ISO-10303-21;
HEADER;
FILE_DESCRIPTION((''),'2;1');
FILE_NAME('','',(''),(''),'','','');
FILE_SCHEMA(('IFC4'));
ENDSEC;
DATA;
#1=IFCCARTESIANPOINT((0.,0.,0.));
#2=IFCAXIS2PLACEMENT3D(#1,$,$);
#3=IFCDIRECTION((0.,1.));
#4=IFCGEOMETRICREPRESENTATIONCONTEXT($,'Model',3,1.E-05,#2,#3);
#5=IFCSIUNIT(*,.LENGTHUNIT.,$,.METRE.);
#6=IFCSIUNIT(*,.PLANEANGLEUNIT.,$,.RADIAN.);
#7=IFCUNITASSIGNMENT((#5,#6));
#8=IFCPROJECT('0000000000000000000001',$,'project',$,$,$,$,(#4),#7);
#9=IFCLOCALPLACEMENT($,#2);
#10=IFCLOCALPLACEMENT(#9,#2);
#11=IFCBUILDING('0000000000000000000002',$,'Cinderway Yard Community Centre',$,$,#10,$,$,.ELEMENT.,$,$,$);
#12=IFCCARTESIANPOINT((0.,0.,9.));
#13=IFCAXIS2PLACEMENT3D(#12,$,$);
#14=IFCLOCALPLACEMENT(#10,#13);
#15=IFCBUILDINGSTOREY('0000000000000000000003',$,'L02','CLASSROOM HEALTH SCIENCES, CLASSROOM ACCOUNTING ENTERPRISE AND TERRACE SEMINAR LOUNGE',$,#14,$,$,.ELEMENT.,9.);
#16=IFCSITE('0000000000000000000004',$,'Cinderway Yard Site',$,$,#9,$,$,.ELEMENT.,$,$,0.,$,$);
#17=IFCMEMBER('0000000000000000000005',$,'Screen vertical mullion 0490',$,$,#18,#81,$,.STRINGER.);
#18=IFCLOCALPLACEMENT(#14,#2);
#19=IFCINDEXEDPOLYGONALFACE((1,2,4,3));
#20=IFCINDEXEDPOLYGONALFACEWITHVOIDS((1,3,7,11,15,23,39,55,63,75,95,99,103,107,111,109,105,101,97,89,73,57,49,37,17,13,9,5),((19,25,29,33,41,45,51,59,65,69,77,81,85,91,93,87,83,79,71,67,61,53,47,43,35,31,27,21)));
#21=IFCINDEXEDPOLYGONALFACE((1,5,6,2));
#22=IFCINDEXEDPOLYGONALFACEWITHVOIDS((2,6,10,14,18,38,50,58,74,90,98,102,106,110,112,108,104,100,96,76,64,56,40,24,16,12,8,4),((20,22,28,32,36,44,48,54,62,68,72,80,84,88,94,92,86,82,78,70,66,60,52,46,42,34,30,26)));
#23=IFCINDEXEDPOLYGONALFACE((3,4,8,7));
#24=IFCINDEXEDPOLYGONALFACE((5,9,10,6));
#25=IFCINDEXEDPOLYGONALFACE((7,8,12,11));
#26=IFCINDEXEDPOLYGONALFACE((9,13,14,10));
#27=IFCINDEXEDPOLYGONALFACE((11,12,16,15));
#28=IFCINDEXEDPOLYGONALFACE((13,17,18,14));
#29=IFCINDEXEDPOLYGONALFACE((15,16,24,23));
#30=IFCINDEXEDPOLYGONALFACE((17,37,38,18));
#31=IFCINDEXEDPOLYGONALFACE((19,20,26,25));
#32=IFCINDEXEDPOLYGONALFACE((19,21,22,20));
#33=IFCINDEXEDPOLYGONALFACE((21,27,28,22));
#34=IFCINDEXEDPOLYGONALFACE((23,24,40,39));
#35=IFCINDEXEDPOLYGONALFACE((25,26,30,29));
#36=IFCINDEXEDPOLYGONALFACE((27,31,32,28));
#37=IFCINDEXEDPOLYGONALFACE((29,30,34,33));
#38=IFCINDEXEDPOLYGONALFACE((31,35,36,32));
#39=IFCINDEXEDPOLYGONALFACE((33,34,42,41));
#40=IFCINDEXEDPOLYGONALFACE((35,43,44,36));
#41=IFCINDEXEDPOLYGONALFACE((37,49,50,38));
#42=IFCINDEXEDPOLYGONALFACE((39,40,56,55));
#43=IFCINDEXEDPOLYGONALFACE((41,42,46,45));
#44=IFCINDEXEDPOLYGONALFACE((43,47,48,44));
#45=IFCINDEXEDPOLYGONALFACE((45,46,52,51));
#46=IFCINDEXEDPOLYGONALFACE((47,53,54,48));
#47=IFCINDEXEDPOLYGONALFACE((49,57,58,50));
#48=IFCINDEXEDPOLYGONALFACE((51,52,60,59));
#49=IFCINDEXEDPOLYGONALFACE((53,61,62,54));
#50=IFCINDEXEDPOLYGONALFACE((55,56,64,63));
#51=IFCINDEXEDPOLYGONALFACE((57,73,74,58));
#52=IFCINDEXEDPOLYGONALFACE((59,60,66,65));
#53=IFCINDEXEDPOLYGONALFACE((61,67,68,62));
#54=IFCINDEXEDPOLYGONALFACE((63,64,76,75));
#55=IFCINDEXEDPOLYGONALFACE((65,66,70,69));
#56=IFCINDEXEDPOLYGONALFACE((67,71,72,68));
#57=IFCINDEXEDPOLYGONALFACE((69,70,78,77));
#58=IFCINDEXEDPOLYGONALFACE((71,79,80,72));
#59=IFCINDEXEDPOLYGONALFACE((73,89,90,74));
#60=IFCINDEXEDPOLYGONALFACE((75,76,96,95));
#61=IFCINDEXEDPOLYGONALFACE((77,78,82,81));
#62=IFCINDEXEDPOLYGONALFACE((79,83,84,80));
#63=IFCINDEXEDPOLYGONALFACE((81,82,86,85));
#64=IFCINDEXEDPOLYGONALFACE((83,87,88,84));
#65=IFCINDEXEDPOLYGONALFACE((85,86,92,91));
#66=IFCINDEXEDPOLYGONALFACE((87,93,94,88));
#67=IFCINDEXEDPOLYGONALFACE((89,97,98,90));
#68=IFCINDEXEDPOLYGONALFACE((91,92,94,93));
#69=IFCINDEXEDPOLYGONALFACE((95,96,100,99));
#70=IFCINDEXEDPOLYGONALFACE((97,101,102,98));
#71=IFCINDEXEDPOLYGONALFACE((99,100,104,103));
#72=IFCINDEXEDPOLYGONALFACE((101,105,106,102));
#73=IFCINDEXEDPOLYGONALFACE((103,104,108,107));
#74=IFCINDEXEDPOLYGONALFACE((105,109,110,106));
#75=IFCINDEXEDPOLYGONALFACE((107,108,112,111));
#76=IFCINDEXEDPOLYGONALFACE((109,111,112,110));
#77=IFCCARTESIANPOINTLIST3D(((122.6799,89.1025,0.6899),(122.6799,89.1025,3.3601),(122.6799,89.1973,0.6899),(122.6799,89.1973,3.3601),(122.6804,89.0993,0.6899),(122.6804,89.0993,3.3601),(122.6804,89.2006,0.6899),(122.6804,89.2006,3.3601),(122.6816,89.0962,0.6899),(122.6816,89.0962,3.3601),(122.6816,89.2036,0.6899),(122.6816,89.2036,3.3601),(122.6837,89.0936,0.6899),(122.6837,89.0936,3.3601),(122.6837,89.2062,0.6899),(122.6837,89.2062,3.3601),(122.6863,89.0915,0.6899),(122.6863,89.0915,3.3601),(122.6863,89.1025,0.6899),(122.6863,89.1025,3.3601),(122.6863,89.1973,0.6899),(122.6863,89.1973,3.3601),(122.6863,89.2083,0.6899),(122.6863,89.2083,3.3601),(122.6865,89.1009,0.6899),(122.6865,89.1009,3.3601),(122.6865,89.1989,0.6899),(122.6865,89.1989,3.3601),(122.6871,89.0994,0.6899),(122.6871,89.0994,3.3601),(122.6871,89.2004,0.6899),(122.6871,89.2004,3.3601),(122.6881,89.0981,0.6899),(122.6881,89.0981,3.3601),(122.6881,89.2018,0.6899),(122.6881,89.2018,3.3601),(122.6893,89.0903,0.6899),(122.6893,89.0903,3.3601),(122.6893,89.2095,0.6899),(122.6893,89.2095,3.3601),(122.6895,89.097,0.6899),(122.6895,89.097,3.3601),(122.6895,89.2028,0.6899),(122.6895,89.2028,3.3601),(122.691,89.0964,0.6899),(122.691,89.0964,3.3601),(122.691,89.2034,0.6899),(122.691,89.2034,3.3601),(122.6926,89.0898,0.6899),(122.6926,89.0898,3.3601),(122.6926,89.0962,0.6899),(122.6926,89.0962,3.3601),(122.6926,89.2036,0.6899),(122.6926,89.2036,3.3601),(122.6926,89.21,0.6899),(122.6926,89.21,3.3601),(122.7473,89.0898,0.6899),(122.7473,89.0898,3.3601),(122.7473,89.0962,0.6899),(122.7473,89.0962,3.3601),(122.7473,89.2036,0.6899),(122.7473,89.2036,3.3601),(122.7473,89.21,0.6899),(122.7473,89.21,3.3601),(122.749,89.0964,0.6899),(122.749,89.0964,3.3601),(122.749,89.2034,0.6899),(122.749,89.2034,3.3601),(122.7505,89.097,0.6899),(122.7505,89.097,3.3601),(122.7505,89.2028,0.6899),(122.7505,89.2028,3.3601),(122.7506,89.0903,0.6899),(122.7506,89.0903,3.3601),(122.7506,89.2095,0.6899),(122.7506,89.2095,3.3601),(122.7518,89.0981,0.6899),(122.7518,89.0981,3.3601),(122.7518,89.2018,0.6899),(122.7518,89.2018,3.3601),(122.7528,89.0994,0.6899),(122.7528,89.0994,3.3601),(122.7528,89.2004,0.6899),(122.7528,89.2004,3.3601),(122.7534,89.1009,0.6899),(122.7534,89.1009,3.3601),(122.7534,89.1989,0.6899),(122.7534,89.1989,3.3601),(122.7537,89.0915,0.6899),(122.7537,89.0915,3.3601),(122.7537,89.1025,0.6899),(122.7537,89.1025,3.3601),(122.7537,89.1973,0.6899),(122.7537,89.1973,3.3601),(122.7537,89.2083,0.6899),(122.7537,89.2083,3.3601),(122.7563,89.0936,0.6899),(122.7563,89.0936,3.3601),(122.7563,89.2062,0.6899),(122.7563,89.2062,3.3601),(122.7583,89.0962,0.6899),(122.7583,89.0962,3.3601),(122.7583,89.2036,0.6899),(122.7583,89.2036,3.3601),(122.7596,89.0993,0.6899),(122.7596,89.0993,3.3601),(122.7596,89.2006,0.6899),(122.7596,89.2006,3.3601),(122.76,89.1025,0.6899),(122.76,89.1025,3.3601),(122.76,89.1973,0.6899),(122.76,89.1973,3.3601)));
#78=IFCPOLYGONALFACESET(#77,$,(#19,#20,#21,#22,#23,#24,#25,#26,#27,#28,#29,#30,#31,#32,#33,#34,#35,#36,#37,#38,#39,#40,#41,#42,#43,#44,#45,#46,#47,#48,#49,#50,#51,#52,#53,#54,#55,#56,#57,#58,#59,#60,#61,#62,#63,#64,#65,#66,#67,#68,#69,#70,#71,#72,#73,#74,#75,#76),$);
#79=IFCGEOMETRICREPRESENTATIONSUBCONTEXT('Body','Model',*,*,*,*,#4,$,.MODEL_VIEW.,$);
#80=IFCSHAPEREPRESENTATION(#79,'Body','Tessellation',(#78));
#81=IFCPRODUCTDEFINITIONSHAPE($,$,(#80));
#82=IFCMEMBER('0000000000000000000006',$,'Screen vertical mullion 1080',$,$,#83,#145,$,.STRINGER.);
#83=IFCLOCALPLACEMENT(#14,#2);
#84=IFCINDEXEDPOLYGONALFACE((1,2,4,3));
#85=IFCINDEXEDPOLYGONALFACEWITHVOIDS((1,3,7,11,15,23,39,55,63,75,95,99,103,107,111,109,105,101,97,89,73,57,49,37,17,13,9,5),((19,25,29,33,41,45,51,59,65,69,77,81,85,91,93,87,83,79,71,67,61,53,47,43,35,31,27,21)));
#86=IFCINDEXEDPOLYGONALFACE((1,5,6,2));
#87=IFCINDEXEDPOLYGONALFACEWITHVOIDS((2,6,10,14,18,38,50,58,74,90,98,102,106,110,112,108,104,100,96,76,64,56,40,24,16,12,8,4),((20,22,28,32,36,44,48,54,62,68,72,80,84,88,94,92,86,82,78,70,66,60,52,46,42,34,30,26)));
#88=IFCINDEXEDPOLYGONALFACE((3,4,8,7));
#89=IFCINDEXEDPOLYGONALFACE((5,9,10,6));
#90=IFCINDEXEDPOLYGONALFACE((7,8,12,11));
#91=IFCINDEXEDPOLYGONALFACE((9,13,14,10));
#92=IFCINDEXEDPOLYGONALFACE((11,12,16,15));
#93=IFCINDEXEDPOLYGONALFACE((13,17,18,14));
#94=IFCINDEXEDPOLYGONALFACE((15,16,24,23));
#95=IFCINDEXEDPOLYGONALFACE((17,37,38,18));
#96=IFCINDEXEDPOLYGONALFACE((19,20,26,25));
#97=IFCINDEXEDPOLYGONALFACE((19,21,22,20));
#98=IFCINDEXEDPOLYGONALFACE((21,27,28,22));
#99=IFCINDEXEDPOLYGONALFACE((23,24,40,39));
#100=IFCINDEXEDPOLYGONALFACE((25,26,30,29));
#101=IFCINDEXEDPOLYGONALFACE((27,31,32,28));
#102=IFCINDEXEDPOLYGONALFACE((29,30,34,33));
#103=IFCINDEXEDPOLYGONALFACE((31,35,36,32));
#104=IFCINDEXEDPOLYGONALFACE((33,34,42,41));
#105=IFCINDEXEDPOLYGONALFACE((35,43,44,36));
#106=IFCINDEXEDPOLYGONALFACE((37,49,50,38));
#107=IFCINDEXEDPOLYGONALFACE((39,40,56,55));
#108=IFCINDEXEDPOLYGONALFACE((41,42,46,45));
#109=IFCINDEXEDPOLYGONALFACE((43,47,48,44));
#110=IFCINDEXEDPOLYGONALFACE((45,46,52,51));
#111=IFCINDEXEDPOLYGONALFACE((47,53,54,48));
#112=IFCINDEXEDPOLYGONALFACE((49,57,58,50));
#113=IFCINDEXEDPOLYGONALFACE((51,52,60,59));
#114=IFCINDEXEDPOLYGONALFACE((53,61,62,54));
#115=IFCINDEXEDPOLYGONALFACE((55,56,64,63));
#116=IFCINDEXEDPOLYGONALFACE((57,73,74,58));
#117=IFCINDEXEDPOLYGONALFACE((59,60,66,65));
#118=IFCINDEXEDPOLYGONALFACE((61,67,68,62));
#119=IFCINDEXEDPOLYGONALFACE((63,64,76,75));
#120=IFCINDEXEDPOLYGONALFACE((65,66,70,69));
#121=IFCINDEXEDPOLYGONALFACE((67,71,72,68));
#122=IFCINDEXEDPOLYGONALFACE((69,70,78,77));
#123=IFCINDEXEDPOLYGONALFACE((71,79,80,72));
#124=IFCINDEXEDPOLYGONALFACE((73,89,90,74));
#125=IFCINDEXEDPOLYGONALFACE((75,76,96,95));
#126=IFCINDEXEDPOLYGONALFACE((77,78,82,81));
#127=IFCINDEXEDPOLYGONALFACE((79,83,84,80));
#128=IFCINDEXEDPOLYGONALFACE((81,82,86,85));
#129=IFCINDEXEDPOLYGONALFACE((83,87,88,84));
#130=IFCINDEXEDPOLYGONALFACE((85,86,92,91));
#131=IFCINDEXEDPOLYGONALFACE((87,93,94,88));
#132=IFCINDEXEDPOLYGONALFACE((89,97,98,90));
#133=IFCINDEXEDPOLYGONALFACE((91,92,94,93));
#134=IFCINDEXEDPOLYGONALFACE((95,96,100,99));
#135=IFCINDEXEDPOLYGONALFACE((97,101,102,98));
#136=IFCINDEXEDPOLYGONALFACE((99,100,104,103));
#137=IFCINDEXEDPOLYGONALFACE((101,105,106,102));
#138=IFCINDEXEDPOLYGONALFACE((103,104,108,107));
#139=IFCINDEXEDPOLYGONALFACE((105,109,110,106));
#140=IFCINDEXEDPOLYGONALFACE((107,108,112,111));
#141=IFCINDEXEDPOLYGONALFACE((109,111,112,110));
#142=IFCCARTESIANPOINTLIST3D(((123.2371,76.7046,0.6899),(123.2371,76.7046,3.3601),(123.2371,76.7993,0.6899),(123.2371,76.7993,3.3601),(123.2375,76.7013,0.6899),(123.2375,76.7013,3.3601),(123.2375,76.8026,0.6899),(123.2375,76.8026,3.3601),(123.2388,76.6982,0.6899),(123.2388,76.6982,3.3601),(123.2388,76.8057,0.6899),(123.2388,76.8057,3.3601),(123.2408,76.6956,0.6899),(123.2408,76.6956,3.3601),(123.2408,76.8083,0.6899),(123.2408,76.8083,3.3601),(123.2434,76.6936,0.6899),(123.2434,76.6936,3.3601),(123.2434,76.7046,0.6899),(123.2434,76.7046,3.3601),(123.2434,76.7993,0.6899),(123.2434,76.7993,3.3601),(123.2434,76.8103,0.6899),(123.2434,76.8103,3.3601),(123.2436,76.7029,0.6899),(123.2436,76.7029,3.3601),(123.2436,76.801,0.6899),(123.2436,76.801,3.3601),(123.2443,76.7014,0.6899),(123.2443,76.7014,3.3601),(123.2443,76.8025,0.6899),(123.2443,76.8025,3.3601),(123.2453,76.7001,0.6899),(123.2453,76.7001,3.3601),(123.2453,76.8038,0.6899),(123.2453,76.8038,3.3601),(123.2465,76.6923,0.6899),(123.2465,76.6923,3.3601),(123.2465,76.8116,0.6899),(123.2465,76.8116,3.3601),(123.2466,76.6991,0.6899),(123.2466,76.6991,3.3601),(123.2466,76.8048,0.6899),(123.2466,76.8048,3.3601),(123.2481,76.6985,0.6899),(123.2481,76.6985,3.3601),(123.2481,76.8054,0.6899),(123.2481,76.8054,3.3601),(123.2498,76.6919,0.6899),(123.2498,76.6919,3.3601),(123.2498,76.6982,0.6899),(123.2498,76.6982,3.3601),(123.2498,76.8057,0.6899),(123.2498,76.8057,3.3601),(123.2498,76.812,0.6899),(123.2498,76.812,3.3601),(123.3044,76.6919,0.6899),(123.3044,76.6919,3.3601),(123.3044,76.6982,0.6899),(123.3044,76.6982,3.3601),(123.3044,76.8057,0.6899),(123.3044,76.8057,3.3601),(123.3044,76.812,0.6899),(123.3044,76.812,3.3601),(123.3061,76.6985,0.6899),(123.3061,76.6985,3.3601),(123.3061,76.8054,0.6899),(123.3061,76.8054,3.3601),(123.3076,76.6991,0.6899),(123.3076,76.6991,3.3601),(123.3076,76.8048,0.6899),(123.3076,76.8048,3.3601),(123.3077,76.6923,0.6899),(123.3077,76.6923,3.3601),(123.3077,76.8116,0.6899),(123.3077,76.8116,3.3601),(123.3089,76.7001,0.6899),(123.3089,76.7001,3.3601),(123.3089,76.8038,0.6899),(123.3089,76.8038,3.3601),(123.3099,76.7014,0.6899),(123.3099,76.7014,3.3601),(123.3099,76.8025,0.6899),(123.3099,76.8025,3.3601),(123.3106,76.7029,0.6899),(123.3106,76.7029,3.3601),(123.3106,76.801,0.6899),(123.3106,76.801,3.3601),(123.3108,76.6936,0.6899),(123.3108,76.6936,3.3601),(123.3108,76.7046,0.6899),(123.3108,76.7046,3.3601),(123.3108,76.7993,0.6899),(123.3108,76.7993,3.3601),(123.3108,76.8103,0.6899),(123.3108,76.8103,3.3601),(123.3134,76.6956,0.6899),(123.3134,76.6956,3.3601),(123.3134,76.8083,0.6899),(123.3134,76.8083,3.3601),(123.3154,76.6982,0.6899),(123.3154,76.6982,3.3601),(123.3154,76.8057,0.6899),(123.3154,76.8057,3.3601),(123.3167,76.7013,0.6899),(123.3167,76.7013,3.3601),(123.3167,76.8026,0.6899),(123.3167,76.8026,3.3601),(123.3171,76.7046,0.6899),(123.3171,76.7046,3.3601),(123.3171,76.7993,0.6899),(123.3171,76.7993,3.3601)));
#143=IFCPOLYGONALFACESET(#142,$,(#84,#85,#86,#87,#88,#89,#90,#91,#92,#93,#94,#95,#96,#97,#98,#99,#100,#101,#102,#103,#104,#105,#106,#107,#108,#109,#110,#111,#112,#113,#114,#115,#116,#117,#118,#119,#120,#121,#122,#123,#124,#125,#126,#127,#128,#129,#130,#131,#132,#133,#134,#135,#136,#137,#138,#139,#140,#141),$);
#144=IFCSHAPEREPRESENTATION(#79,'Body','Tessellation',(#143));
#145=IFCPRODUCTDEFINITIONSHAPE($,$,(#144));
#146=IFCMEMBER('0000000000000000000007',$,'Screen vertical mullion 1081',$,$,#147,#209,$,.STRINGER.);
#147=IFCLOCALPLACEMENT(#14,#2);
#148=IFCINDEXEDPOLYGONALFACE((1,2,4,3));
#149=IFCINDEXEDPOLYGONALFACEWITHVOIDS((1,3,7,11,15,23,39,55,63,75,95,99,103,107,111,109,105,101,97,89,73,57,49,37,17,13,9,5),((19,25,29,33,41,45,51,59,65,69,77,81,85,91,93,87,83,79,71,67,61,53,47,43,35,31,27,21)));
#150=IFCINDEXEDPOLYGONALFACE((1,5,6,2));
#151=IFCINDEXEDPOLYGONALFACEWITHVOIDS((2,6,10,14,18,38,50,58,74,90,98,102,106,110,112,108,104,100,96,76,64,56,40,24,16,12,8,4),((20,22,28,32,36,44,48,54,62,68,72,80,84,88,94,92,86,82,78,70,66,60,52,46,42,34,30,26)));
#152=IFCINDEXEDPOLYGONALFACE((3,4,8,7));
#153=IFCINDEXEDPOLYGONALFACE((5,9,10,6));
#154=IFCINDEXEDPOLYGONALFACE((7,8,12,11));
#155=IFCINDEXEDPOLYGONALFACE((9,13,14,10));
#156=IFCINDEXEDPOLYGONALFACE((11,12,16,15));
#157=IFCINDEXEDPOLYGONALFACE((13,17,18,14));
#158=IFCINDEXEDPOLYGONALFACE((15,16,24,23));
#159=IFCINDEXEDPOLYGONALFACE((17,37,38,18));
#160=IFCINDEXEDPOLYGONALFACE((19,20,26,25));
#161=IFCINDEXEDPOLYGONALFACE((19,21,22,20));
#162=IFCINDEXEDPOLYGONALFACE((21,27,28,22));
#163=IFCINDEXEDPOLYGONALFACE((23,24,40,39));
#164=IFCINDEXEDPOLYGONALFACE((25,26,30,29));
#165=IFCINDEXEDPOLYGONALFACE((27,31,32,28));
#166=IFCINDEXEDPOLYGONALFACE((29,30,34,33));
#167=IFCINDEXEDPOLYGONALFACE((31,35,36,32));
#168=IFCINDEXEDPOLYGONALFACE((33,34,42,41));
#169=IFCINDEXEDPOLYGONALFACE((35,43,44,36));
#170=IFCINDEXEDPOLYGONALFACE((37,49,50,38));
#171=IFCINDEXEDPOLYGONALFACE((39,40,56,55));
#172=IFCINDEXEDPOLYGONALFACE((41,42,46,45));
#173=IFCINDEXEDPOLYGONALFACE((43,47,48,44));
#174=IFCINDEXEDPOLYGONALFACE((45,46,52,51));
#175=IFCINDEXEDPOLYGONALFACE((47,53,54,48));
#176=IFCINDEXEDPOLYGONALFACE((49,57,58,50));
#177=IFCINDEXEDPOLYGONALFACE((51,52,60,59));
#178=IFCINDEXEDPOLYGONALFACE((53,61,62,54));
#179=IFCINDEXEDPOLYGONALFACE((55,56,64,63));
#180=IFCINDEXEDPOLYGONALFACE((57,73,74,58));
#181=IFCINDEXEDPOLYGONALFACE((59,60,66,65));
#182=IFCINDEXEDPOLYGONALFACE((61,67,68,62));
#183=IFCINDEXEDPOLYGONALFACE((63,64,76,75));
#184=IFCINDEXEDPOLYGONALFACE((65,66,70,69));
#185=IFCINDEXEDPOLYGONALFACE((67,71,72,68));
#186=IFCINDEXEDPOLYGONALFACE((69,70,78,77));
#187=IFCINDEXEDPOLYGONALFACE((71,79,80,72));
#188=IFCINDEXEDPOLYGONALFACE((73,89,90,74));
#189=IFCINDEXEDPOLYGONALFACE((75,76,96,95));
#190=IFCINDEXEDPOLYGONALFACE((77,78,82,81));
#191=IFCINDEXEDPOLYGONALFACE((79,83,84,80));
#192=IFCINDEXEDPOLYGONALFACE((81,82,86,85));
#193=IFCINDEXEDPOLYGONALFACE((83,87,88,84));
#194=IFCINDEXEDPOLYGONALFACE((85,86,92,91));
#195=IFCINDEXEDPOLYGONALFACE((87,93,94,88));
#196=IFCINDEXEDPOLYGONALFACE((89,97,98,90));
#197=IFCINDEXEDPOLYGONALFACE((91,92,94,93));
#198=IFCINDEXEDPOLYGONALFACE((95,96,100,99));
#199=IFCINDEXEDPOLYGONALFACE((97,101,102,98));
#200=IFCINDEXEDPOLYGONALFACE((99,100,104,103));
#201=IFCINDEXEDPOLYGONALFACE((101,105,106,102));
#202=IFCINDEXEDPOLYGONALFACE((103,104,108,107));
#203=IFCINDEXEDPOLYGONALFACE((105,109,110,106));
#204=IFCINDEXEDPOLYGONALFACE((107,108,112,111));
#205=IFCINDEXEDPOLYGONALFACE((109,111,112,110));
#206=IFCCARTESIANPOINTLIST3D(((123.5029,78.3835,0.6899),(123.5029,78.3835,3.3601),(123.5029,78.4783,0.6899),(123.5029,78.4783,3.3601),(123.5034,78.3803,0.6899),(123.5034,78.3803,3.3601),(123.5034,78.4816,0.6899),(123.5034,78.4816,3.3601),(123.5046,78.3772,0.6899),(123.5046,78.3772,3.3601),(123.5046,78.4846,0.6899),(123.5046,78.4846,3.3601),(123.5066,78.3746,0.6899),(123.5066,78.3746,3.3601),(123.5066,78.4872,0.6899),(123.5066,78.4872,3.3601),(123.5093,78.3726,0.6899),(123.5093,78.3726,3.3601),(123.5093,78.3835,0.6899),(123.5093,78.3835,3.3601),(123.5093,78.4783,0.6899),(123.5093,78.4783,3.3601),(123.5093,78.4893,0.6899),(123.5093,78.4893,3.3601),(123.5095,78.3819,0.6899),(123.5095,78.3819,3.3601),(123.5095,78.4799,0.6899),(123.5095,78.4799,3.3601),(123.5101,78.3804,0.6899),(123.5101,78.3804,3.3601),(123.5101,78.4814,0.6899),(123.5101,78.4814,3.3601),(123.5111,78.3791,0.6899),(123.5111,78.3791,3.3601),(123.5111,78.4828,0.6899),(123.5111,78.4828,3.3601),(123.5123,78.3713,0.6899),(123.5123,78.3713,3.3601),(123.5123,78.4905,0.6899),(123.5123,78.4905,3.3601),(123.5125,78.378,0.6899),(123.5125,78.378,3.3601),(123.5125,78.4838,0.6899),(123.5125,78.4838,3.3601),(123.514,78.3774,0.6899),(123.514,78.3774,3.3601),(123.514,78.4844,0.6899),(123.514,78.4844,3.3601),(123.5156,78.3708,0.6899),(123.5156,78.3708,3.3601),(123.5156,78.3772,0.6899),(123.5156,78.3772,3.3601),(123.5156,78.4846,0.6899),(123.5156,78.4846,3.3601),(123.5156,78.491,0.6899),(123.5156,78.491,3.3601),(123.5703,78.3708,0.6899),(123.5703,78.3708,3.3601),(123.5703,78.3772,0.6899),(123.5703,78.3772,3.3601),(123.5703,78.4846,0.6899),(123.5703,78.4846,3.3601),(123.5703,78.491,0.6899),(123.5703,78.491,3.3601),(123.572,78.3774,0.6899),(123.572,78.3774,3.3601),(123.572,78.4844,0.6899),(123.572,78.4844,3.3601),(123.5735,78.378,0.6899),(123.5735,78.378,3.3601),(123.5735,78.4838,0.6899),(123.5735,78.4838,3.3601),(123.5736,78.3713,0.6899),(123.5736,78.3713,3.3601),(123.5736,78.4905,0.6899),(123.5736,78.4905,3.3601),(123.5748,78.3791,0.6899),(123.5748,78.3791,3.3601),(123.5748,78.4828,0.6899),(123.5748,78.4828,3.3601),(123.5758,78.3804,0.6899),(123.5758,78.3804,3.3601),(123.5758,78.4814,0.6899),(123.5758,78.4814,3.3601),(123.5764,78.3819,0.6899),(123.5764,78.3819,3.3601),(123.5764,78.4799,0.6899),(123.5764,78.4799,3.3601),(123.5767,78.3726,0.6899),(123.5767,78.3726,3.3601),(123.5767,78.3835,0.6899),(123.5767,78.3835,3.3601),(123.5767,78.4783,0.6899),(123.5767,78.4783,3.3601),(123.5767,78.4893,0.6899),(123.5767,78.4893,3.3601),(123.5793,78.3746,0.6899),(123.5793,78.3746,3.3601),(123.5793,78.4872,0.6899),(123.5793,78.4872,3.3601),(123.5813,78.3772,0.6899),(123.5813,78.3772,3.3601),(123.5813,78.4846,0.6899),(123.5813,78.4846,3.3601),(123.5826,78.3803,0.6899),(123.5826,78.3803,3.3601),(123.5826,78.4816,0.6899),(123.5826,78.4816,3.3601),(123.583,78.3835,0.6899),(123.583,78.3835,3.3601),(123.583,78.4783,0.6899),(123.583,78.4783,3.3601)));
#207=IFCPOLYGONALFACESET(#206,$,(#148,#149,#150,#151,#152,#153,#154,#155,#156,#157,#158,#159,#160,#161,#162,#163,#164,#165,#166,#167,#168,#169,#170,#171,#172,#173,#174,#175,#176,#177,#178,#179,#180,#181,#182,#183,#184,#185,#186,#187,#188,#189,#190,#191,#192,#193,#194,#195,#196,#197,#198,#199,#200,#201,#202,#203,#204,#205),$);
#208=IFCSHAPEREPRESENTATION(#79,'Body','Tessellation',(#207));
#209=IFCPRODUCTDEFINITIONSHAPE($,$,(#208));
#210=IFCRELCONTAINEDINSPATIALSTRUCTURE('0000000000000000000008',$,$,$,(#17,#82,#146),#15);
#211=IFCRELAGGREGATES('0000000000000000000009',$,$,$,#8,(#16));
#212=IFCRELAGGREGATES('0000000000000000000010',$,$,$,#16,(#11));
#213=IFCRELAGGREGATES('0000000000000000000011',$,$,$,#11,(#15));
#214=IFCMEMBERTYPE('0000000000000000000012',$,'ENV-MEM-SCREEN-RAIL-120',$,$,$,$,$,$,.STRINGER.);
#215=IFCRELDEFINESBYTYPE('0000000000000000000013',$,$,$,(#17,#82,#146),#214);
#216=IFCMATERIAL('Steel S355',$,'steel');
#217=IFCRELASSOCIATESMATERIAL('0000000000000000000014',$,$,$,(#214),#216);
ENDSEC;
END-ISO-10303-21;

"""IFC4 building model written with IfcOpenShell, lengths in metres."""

from ifc_helpers import new_model, si_unit, direction, frame, origin, origin_2d, place, context, subcontext, project, spatial, hollow_rectangle, extrude, material, material_profile, profile_set, type_object, element, save


model = new_model("IFC4")

# Units and contexts
model_context = context("Model", 3, precision=1e-05, world=origin(), true_north=direction((0.0, 1.0)))
body_context = subcontext(model_context, "Body", "Model", "MODEL_VIEW")
ifc_project = project(units=[si_unit("LENGTHUNIT", "METRE"), si_unit("PLANEANGLEUNIT", "RADIAN")], contexts=[model_context])

# Site, building, storey
site_placement = place(None, origin())
site = spatial("IfcSite", under=ifc_project, at=site_placement, Name="Cinderway Yard Site", CompositionType="ELEMENT", RefElevation=0.0)
building_placement = place(site_placement, origin())
building = spatial("IfcBuilding", under=site, at=building_placement, Name="Cinderway Yard Community Centre", CompositionType="ELEMENT")
storey_placement = place(building_placement, frame((0.0, 0.0, 9.0)))
storey = spatial("IfcBuildingStorey", under=building, at=storey_placement, Name="L02", Description="CLASSROOM HEALTH SCIENCES, CLASSROOM ACCOUNTING ENTERPRISE AND TERRACE SEMINAR LOUNGE", CompositionType="ELEMENT", Elevation=9.0)

# Members
ifc_material_1 = material(Name="Steel S355", Category="steel")
ifc_material_profile = material_profile(ifc_material_1, hollow_rectangle(XDim=0.0801, YDim=0.1201, WallThickness=0.0063, InnerFilletRadius=0.0063, OuterFilletRadius=0.0127, at=origin_2d()), Name="Steel S355")
ifc_profile_set = profile_set([ifc_material_profile], Name="Steel S355")
member_type = type_object("IfcMemberType", Name="ENV-MEM-SCREEN-RAIL-120", PredefinedType="STRINGER", material=ifc_profile_set)
for number, where, z_axis, x_axis, name in (
    (1, (122.72, 89.1499, 0.6899), (0.0, 0.0, 1.0), (1.0, 0.0, 0.0), "Screen vertical mullion 0490"),
    (2, (123.2771, 76.752, 0.6899), (0.0, 0.0, 1.0), (1.0, 0.0, 0.0), "Screen vertical mullion 1080"),
    (3, (123.543, 78.4309, 0.6899), (0.0, 0.0, 1.0), (1.0, 0.0, 0.0), "Screen vertical mullion 1081"),
):
    element("IfcMember", number, at=place(storey_placement, frame(where, z_axis=z_axis, x_axis=x_axis)), inside=storey, type_object=member_type, Name=name, PredefinedType="STRINGER", context=body_context, shape_type="SweptSolid", body=[
        extrude(hollow_rectangle(XDim=0.0801, YDim=0.1201, WallThickness=0.0063, InnerFilletRadius=0.0063, OuterFilletRadius=0.0127, at=origin_2d()), origin(), (0.0, 0.0, 1.0), 2.6702),
    ])

save(model, "model.ifc")
